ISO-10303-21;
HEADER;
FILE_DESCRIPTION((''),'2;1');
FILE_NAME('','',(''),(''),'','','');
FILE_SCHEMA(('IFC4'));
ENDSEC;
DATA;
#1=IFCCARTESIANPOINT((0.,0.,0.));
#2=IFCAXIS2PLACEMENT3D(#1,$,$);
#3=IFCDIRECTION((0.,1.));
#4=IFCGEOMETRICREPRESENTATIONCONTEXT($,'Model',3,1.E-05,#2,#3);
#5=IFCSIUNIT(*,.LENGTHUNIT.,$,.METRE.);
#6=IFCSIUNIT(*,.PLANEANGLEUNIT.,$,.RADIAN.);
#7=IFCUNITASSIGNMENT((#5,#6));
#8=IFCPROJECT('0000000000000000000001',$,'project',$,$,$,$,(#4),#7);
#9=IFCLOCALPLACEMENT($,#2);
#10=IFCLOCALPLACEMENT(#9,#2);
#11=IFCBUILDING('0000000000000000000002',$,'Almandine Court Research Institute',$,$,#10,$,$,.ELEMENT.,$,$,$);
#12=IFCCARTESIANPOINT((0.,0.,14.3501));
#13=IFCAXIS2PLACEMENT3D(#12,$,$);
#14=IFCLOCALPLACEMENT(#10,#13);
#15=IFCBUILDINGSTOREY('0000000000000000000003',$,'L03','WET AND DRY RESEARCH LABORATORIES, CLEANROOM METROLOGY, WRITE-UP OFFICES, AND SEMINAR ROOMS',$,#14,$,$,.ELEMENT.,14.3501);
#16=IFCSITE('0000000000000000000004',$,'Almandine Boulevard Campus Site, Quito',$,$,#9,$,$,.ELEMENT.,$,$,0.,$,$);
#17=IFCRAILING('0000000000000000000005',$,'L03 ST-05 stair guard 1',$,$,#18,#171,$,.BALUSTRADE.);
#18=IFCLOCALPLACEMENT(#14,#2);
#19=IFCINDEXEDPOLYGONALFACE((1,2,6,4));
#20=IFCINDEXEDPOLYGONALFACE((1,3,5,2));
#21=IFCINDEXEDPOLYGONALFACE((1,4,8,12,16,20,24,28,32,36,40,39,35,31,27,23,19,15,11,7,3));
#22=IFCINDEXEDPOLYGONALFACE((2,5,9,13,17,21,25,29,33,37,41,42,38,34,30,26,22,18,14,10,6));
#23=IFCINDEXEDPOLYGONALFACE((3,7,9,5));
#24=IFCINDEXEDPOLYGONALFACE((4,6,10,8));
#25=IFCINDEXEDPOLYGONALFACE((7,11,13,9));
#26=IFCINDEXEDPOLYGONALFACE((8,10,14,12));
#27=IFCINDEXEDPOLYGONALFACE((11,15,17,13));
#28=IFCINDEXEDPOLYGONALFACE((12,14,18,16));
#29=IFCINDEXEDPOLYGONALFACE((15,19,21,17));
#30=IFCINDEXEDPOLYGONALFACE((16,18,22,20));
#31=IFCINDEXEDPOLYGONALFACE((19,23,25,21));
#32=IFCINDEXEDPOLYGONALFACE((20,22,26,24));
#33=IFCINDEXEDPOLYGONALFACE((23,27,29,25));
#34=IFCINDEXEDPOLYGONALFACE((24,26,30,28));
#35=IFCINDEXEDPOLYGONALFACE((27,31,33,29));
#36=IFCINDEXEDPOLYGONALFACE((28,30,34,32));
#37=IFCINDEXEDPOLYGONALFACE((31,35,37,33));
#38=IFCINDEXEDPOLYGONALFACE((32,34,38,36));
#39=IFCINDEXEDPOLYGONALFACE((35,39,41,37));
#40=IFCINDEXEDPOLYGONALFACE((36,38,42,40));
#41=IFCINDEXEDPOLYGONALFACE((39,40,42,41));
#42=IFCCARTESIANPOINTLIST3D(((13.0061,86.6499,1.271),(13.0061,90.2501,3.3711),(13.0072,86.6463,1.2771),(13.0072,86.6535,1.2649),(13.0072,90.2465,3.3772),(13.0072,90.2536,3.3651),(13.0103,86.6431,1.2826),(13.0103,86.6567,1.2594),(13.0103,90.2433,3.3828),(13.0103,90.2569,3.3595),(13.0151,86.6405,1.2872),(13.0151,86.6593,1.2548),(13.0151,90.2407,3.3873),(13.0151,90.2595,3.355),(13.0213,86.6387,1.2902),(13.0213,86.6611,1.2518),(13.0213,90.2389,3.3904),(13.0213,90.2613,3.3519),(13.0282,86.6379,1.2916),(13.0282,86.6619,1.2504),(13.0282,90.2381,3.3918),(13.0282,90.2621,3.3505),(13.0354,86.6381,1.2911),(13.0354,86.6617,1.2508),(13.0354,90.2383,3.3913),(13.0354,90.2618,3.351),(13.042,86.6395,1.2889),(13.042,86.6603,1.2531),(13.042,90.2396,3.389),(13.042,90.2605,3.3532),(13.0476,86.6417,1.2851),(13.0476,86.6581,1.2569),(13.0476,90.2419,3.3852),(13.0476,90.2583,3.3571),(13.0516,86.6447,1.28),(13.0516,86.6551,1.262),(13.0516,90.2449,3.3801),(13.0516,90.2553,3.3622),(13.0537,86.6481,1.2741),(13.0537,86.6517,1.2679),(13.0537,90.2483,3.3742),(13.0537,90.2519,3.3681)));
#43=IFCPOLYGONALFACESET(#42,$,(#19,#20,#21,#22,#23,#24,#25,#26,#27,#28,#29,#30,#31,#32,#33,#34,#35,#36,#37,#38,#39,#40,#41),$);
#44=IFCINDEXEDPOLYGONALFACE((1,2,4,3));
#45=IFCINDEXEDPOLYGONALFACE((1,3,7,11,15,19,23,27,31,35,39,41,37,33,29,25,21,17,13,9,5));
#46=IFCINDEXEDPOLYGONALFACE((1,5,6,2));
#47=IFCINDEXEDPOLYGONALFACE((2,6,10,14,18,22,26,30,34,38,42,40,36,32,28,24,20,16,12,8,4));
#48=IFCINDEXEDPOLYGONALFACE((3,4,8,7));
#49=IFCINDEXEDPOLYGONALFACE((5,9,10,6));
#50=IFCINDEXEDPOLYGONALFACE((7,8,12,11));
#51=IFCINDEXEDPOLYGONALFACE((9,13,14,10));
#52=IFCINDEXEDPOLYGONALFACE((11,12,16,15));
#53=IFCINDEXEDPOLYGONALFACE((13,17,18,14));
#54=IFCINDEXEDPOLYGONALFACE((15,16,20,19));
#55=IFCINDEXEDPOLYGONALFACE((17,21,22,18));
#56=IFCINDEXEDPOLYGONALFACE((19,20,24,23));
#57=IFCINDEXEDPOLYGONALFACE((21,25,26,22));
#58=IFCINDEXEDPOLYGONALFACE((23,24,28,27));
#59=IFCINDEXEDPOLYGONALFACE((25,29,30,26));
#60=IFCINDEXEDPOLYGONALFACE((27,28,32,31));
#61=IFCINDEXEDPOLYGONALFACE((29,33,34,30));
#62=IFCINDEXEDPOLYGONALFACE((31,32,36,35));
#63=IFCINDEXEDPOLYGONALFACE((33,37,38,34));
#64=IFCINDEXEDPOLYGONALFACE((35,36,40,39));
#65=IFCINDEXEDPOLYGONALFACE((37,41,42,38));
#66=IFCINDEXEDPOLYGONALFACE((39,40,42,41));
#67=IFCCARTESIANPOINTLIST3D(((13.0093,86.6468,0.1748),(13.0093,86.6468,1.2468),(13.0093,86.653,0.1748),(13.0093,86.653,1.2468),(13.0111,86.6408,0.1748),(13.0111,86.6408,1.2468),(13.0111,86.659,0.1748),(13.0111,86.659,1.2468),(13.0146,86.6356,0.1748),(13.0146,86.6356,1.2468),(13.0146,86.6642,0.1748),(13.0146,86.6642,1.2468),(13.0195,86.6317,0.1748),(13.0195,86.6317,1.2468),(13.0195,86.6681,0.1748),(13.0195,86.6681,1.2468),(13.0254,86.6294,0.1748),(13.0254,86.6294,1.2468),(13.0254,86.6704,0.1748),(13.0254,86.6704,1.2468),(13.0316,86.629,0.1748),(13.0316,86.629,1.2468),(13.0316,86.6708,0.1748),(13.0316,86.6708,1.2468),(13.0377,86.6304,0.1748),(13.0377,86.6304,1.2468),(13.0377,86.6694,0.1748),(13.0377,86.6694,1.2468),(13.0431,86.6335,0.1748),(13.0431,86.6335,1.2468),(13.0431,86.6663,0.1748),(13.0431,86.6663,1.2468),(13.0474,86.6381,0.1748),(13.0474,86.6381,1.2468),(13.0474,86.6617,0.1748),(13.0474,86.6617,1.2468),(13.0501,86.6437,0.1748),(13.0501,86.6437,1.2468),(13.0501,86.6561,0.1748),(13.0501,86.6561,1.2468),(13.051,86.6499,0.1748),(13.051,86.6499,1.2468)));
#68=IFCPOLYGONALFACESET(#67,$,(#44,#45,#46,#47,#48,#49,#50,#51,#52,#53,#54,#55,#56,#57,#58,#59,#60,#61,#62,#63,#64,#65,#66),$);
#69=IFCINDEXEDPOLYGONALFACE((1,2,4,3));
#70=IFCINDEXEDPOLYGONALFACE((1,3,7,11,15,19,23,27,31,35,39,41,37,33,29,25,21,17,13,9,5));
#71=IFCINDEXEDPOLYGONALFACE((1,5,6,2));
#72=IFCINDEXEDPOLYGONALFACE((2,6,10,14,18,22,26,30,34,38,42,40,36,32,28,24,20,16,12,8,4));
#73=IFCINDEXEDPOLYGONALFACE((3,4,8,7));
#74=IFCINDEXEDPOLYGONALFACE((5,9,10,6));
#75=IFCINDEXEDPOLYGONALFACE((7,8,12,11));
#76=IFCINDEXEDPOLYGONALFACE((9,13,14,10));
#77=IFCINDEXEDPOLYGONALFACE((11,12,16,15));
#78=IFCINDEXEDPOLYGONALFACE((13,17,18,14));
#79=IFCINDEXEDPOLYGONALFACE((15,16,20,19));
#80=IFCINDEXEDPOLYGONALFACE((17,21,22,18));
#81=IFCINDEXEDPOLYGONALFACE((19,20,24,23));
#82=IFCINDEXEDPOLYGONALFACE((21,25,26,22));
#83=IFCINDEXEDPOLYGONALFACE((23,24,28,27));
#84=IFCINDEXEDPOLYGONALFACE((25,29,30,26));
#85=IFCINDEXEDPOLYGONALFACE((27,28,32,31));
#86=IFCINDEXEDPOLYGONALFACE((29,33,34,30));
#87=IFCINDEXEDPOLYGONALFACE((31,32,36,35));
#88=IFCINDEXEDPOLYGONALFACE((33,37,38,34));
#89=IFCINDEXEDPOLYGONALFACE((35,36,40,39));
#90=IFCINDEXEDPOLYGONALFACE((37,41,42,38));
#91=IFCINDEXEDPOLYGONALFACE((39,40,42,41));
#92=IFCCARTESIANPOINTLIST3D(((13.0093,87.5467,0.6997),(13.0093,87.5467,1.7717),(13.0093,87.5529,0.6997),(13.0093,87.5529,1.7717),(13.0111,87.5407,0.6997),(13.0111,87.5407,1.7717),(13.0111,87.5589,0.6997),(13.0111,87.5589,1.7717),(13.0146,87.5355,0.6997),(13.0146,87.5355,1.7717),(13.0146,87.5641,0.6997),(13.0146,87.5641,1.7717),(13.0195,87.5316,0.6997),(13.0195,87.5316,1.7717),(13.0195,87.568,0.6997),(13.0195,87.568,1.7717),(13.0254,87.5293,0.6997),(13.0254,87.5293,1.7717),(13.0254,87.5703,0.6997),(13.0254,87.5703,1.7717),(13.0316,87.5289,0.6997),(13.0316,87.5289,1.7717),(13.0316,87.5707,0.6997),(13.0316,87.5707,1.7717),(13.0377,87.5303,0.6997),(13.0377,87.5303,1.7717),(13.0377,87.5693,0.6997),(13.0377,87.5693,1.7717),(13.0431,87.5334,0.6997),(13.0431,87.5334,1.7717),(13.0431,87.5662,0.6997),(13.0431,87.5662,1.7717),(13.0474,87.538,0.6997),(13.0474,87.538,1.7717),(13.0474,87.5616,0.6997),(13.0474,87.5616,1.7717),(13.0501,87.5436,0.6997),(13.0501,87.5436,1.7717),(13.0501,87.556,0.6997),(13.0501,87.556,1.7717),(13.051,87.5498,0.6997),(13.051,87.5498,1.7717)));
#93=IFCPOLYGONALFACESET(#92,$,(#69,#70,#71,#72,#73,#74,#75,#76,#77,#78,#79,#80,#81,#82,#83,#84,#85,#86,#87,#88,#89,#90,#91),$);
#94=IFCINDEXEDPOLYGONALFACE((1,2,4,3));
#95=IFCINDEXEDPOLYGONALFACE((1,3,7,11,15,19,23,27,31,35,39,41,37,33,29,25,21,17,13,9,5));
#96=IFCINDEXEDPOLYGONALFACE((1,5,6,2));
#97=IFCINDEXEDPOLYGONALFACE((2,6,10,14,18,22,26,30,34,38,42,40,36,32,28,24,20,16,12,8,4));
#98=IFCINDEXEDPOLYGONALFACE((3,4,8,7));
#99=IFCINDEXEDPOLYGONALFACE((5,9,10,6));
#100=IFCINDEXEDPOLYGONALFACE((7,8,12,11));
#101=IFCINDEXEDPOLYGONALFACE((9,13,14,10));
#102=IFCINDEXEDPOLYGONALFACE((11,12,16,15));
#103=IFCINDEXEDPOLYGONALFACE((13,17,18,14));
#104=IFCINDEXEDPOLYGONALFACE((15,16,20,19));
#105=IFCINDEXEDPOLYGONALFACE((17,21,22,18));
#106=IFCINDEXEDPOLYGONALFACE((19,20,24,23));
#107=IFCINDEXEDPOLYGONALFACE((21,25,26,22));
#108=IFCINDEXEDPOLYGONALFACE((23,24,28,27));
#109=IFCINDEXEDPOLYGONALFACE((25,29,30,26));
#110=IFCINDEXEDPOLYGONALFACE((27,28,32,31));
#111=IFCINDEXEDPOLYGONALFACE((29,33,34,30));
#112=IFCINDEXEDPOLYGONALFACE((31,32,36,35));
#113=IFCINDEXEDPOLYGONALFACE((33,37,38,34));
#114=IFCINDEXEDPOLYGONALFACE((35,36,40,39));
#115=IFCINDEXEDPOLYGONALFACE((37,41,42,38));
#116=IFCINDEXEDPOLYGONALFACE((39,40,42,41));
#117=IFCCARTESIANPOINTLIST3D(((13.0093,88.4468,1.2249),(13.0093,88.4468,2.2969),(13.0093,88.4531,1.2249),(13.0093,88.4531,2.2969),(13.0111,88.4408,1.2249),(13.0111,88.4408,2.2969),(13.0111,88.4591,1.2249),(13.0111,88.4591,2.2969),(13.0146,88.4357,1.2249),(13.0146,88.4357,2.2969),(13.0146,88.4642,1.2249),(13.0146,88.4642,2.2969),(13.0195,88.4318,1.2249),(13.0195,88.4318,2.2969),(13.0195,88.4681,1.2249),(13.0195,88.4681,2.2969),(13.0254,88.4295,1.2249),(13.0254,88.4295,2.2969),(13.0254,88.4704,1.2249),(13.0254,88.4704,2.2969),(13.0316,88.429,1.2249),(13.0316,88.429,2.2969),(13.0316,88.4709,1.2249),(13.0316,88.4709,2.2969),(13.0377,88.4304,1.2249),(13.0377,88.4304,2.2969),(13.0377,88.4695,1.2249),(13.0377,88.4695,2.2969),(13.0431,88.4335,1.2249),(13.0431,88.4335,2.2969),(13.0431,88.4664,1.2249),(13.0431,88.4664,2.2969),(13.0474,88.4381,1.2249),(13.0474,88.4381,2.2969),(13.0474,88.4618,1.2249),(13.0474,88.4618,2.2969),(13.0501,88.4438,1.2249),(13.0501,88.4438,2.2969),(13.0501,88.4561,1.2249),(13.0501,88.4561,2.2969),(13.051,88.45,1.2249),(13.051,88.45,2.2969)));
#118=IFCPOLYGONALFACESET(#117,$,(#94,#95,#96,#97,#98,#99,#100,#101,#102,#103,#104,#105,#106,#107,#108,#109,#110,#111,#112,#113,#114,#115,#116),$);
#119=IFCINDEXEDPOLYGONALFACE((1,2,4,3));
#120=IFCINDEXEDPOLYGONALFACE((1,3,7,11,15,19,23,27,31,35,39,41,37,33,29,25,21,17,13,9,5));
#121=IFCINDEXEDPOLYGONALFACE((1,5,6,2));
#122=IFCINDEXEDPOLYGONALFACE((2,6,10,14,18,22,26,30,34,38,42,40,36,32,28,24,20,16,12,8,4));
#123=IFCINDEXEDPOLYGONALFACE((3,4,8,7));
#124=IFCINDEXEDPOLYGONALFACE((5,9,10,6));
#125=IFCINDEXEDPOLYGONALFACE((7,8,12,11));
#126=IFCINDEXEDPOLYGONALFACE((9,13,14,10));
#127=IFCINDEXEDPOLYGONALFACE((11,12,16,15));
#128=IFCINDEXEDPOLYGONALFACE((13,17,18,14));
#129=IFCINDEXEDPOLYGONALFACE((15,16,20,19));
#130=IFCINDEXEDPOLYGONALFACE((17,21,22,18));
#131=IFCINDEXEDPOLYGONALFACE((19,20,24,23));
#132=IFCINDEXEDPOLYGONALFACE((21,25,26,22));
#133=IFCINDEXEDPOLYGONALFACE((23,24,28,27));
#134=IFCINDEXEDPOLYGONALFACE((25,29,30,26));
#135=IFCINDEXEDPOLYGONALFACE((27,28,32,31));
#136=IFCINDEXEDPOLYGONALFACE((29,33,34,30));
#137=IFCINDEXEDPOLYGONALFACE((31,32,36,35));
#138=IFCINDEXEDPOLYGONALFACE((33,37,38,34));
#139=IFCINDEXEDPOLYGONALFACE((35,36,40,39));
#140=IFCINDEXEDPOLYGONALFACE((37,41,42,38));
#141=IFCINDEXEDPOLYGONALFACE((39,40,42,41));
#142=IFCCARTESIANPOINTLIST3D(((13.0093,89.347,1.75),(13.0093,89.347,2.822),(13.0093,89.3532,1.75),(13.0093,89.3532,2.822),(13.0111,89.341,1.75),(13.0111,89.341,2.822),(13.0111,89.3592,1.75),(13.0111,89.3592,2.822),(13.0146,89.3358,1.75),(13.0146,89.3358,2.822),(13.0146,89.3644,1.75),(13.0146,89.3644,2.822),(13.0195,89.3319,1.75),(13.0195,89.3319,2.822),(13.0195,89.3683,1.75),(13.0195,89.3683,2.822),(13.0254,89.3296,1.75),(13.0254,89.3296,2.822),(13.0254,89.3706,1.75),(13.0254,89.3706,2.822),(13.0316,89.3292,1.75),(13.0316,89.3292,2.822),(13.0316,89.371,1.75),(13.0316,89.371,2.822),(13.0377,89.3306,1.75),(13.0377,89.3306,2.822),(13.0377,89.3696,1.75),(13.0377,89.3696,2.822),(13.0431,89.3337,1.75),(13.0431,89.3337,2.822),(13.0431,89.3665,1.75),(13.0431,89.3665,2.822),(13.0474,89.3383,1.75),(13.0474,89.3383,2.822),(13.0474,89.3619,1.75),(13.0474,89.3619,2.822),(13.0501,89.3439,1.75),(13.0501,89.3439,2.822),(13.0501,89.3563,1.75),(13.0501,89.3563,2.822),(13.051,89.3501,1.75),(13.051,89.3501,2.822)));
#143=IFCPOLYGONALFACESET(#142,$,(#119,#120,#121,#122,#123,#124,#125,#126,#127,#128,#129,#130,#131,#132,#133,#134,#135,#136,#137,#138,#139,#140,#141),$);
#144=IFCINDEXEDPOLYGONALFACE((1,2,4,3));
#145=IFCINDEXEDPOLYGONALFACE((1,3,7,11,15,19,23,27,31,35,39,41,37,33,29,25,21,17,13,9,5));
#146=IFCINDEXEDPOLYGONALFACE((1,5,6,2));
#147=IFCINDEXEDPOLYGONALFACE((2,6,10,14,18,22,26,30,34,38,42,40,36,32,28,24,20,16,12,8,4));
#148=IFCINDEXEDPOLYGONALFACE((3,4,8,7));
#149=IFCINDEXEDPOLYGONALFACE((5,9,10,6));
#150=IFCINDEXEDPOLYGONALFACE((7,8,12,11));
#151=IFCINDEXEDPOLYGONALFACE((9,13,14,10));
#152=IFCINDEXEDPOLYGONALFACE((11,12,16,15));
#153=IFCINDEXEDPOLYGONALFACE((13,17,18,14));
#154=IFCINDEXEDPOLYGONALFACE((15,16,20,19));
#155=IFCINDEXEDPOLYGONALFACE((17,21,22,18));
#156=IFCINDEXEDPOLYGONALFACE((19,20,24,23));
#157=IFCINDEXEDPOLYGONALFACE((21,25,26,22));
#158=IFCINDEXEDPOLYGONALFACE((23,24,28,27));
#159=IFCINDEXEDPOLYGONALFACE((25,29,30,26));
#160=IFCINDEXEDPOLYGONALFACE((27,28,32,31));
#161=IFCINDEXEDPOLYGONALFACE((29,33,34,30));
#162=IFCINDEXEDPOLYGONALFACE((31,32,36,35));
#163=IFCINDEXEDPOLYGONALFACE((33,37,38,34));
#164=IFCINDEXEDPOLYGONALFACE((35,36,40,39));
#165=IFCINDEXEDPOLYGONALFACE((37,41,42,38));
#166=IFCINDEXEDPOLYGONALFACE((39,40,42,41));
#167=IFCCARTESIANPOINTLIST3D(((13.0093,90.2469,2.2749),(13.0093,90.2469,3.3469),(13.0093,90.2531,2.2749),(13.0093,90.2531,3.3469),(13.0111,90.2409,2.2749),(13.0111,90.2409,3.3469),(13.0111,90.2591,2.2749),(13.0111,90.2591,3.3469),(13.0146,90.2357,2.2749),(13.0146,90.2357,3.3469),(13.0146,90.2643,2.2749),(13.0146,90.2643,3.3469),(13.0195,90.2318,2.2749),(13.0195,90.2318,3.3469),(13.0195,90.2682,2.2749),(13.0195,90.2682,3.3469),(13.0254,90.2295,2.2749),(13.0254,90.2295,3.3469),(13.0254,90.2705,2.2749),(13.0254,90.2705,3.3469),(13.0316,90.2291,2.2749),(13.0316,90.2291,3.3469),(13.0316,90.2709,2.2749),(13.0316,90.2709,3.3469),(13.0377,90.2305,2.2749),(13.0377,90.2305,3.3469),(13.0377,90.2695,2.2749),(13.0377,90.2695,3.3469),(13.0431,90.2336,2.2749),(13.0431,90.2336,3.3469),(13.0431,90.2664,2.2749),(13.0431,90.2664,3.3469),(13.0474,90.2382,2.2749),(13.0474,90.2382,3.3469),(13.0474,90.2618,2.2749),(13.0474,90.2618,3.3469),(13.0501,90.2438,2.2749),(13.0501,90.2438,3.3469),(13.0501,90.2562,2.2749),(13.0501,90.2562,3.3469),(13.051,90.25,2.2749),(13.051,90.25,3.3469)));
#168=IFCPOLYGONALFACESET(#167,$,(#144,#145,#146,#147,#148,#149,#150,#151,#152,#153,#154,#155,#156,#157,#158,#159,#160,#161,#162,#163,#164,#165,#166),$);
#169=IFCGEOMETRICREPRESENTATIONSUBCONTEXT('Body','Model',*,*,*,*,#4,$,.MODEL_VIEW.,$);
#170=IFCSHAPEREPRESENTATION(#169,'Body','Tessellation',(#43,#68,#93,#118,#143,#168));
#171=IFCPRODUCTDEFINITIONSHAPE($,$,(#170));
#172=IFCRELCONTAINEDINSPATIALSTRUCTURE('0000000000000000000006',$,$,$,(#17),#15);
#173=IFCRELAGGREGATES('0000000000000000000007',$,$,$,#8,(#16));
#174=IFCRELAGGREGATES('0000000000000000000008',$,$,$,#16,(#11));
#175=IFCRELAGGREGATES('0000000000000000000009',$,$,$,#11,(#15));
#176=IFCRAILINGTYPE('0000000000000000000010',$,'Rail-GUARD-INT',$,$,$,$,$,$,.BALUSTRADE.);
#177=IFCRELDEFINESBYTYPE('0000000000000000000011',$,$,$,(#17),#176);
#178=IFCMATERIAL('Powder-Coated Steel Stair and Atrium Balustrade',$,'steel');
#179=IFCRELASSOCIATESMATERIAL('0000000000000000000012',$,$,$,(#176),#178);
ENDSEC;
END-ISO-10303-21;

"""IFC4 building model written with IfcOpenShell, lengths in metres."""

from ifc_helpers import new_model, si_unit, direction, frame, origin, origin_2d, place, context, subcontext, project, spatial, circle, extrude, material, type_object, element, save


model = new_model("IFC4")

# Units and contexts
model_context = context("Model", 3, precision=1e-05, world=origin(), true_north=direction((0.0, 1.0)))
body_context = subcontext(model_context, "Body", "Model", "MODEL_VIEW")
ifc_project = project(units=[si_unit("LENGTHUNIT", "METRE"), si_unit("PLANEANGLEUNIT", "RADIAN")], contexts=[model_context])

# Site, building, storey
site_placement = place(None, origin())
site = spatial("IfcSite", under=ifc_project, at=site_placement, Name="Almandine Boulevard Campus Site, Quito", CompositionType="ELEMENT", RefElevation=0.0)
building_placement = place(site_placement, origin())
building = spatial("IfcBuilding", under=site, at=building_placement, Name="Almandine Court Research Institute", CompositionType="ELEMENT")
storey_placement = place(building_placement, frame((0.0, 0.0, 14.3501)))
storey = spatial("IfcBuildingStorey", under=building, at=storey_placement, Name="L03", Description="WET AND DRY RESEARCH LABORATORIES, CLEANROOM METROLOGY, WRITE-UP OFFICES, AND SEMINAR ROOMS", CompositionType="ELEMENT", Elevation=14.3501)

# Railing
ifc_material_1 = material(Name="Powder-Coated Steel Stair and Atrium Balustrade", Category="steel")
railing_type_1 = type_object("IfcRailingType", Name="Rail-GUARD-INT", PredefinedType="BALUSTRADE", material=ifc_material_1)
railing_1_placement = place(storey_placement, frame((13.03, 86.6499, 0.1748)))
element("IfcRailing", 1, at=railing_1_placement, inside=storey, type_object=railing_type_1, Name="L03 ST-05 stair guard 1", PredefinedType="BALUSTRADE", context=body_context, shape_type="SweptSolid", body=[
    extrude(circle(Radius=0.0239, at=origin_2d()), frame((0.0, 0.0, 1.0962), z_axis=(0.0, 0.863775, 0.503878), x_axis=(-1.0, 0.0, 0.0)), (0.0, 0.0, 1.0), 4.168),
    extrude(circle(Radius=0.021, at=origin_2d()), origin(), (0.0, 0.0, 1.0), 1.072),
    extrude(circle(Radius=0.021, at=origin_2d()), frame((0.0, 0.8999, 0.5249)), (0.0, 0.0, 1.0), 1.072),
    extrude(circle(Radius=0.021, at=origin_2d()), frame((0.0, 1.8, 1.05)), (0.0, 0.0, 1.0), 1.072),
    extrude(circle(Radius=0.021, at=origin_2d()), frame((0.0, 2.7002, 1.5752)), (0.0, 0.0, 1.0), 1.072),
    extrude(circle(Radius=0.021, at=origin_2d()), frame((0.0, 3.6001, 2.1001)), (0.0, 0.0, 1.0), 1.072),
])

save(model, "model.ifc")
